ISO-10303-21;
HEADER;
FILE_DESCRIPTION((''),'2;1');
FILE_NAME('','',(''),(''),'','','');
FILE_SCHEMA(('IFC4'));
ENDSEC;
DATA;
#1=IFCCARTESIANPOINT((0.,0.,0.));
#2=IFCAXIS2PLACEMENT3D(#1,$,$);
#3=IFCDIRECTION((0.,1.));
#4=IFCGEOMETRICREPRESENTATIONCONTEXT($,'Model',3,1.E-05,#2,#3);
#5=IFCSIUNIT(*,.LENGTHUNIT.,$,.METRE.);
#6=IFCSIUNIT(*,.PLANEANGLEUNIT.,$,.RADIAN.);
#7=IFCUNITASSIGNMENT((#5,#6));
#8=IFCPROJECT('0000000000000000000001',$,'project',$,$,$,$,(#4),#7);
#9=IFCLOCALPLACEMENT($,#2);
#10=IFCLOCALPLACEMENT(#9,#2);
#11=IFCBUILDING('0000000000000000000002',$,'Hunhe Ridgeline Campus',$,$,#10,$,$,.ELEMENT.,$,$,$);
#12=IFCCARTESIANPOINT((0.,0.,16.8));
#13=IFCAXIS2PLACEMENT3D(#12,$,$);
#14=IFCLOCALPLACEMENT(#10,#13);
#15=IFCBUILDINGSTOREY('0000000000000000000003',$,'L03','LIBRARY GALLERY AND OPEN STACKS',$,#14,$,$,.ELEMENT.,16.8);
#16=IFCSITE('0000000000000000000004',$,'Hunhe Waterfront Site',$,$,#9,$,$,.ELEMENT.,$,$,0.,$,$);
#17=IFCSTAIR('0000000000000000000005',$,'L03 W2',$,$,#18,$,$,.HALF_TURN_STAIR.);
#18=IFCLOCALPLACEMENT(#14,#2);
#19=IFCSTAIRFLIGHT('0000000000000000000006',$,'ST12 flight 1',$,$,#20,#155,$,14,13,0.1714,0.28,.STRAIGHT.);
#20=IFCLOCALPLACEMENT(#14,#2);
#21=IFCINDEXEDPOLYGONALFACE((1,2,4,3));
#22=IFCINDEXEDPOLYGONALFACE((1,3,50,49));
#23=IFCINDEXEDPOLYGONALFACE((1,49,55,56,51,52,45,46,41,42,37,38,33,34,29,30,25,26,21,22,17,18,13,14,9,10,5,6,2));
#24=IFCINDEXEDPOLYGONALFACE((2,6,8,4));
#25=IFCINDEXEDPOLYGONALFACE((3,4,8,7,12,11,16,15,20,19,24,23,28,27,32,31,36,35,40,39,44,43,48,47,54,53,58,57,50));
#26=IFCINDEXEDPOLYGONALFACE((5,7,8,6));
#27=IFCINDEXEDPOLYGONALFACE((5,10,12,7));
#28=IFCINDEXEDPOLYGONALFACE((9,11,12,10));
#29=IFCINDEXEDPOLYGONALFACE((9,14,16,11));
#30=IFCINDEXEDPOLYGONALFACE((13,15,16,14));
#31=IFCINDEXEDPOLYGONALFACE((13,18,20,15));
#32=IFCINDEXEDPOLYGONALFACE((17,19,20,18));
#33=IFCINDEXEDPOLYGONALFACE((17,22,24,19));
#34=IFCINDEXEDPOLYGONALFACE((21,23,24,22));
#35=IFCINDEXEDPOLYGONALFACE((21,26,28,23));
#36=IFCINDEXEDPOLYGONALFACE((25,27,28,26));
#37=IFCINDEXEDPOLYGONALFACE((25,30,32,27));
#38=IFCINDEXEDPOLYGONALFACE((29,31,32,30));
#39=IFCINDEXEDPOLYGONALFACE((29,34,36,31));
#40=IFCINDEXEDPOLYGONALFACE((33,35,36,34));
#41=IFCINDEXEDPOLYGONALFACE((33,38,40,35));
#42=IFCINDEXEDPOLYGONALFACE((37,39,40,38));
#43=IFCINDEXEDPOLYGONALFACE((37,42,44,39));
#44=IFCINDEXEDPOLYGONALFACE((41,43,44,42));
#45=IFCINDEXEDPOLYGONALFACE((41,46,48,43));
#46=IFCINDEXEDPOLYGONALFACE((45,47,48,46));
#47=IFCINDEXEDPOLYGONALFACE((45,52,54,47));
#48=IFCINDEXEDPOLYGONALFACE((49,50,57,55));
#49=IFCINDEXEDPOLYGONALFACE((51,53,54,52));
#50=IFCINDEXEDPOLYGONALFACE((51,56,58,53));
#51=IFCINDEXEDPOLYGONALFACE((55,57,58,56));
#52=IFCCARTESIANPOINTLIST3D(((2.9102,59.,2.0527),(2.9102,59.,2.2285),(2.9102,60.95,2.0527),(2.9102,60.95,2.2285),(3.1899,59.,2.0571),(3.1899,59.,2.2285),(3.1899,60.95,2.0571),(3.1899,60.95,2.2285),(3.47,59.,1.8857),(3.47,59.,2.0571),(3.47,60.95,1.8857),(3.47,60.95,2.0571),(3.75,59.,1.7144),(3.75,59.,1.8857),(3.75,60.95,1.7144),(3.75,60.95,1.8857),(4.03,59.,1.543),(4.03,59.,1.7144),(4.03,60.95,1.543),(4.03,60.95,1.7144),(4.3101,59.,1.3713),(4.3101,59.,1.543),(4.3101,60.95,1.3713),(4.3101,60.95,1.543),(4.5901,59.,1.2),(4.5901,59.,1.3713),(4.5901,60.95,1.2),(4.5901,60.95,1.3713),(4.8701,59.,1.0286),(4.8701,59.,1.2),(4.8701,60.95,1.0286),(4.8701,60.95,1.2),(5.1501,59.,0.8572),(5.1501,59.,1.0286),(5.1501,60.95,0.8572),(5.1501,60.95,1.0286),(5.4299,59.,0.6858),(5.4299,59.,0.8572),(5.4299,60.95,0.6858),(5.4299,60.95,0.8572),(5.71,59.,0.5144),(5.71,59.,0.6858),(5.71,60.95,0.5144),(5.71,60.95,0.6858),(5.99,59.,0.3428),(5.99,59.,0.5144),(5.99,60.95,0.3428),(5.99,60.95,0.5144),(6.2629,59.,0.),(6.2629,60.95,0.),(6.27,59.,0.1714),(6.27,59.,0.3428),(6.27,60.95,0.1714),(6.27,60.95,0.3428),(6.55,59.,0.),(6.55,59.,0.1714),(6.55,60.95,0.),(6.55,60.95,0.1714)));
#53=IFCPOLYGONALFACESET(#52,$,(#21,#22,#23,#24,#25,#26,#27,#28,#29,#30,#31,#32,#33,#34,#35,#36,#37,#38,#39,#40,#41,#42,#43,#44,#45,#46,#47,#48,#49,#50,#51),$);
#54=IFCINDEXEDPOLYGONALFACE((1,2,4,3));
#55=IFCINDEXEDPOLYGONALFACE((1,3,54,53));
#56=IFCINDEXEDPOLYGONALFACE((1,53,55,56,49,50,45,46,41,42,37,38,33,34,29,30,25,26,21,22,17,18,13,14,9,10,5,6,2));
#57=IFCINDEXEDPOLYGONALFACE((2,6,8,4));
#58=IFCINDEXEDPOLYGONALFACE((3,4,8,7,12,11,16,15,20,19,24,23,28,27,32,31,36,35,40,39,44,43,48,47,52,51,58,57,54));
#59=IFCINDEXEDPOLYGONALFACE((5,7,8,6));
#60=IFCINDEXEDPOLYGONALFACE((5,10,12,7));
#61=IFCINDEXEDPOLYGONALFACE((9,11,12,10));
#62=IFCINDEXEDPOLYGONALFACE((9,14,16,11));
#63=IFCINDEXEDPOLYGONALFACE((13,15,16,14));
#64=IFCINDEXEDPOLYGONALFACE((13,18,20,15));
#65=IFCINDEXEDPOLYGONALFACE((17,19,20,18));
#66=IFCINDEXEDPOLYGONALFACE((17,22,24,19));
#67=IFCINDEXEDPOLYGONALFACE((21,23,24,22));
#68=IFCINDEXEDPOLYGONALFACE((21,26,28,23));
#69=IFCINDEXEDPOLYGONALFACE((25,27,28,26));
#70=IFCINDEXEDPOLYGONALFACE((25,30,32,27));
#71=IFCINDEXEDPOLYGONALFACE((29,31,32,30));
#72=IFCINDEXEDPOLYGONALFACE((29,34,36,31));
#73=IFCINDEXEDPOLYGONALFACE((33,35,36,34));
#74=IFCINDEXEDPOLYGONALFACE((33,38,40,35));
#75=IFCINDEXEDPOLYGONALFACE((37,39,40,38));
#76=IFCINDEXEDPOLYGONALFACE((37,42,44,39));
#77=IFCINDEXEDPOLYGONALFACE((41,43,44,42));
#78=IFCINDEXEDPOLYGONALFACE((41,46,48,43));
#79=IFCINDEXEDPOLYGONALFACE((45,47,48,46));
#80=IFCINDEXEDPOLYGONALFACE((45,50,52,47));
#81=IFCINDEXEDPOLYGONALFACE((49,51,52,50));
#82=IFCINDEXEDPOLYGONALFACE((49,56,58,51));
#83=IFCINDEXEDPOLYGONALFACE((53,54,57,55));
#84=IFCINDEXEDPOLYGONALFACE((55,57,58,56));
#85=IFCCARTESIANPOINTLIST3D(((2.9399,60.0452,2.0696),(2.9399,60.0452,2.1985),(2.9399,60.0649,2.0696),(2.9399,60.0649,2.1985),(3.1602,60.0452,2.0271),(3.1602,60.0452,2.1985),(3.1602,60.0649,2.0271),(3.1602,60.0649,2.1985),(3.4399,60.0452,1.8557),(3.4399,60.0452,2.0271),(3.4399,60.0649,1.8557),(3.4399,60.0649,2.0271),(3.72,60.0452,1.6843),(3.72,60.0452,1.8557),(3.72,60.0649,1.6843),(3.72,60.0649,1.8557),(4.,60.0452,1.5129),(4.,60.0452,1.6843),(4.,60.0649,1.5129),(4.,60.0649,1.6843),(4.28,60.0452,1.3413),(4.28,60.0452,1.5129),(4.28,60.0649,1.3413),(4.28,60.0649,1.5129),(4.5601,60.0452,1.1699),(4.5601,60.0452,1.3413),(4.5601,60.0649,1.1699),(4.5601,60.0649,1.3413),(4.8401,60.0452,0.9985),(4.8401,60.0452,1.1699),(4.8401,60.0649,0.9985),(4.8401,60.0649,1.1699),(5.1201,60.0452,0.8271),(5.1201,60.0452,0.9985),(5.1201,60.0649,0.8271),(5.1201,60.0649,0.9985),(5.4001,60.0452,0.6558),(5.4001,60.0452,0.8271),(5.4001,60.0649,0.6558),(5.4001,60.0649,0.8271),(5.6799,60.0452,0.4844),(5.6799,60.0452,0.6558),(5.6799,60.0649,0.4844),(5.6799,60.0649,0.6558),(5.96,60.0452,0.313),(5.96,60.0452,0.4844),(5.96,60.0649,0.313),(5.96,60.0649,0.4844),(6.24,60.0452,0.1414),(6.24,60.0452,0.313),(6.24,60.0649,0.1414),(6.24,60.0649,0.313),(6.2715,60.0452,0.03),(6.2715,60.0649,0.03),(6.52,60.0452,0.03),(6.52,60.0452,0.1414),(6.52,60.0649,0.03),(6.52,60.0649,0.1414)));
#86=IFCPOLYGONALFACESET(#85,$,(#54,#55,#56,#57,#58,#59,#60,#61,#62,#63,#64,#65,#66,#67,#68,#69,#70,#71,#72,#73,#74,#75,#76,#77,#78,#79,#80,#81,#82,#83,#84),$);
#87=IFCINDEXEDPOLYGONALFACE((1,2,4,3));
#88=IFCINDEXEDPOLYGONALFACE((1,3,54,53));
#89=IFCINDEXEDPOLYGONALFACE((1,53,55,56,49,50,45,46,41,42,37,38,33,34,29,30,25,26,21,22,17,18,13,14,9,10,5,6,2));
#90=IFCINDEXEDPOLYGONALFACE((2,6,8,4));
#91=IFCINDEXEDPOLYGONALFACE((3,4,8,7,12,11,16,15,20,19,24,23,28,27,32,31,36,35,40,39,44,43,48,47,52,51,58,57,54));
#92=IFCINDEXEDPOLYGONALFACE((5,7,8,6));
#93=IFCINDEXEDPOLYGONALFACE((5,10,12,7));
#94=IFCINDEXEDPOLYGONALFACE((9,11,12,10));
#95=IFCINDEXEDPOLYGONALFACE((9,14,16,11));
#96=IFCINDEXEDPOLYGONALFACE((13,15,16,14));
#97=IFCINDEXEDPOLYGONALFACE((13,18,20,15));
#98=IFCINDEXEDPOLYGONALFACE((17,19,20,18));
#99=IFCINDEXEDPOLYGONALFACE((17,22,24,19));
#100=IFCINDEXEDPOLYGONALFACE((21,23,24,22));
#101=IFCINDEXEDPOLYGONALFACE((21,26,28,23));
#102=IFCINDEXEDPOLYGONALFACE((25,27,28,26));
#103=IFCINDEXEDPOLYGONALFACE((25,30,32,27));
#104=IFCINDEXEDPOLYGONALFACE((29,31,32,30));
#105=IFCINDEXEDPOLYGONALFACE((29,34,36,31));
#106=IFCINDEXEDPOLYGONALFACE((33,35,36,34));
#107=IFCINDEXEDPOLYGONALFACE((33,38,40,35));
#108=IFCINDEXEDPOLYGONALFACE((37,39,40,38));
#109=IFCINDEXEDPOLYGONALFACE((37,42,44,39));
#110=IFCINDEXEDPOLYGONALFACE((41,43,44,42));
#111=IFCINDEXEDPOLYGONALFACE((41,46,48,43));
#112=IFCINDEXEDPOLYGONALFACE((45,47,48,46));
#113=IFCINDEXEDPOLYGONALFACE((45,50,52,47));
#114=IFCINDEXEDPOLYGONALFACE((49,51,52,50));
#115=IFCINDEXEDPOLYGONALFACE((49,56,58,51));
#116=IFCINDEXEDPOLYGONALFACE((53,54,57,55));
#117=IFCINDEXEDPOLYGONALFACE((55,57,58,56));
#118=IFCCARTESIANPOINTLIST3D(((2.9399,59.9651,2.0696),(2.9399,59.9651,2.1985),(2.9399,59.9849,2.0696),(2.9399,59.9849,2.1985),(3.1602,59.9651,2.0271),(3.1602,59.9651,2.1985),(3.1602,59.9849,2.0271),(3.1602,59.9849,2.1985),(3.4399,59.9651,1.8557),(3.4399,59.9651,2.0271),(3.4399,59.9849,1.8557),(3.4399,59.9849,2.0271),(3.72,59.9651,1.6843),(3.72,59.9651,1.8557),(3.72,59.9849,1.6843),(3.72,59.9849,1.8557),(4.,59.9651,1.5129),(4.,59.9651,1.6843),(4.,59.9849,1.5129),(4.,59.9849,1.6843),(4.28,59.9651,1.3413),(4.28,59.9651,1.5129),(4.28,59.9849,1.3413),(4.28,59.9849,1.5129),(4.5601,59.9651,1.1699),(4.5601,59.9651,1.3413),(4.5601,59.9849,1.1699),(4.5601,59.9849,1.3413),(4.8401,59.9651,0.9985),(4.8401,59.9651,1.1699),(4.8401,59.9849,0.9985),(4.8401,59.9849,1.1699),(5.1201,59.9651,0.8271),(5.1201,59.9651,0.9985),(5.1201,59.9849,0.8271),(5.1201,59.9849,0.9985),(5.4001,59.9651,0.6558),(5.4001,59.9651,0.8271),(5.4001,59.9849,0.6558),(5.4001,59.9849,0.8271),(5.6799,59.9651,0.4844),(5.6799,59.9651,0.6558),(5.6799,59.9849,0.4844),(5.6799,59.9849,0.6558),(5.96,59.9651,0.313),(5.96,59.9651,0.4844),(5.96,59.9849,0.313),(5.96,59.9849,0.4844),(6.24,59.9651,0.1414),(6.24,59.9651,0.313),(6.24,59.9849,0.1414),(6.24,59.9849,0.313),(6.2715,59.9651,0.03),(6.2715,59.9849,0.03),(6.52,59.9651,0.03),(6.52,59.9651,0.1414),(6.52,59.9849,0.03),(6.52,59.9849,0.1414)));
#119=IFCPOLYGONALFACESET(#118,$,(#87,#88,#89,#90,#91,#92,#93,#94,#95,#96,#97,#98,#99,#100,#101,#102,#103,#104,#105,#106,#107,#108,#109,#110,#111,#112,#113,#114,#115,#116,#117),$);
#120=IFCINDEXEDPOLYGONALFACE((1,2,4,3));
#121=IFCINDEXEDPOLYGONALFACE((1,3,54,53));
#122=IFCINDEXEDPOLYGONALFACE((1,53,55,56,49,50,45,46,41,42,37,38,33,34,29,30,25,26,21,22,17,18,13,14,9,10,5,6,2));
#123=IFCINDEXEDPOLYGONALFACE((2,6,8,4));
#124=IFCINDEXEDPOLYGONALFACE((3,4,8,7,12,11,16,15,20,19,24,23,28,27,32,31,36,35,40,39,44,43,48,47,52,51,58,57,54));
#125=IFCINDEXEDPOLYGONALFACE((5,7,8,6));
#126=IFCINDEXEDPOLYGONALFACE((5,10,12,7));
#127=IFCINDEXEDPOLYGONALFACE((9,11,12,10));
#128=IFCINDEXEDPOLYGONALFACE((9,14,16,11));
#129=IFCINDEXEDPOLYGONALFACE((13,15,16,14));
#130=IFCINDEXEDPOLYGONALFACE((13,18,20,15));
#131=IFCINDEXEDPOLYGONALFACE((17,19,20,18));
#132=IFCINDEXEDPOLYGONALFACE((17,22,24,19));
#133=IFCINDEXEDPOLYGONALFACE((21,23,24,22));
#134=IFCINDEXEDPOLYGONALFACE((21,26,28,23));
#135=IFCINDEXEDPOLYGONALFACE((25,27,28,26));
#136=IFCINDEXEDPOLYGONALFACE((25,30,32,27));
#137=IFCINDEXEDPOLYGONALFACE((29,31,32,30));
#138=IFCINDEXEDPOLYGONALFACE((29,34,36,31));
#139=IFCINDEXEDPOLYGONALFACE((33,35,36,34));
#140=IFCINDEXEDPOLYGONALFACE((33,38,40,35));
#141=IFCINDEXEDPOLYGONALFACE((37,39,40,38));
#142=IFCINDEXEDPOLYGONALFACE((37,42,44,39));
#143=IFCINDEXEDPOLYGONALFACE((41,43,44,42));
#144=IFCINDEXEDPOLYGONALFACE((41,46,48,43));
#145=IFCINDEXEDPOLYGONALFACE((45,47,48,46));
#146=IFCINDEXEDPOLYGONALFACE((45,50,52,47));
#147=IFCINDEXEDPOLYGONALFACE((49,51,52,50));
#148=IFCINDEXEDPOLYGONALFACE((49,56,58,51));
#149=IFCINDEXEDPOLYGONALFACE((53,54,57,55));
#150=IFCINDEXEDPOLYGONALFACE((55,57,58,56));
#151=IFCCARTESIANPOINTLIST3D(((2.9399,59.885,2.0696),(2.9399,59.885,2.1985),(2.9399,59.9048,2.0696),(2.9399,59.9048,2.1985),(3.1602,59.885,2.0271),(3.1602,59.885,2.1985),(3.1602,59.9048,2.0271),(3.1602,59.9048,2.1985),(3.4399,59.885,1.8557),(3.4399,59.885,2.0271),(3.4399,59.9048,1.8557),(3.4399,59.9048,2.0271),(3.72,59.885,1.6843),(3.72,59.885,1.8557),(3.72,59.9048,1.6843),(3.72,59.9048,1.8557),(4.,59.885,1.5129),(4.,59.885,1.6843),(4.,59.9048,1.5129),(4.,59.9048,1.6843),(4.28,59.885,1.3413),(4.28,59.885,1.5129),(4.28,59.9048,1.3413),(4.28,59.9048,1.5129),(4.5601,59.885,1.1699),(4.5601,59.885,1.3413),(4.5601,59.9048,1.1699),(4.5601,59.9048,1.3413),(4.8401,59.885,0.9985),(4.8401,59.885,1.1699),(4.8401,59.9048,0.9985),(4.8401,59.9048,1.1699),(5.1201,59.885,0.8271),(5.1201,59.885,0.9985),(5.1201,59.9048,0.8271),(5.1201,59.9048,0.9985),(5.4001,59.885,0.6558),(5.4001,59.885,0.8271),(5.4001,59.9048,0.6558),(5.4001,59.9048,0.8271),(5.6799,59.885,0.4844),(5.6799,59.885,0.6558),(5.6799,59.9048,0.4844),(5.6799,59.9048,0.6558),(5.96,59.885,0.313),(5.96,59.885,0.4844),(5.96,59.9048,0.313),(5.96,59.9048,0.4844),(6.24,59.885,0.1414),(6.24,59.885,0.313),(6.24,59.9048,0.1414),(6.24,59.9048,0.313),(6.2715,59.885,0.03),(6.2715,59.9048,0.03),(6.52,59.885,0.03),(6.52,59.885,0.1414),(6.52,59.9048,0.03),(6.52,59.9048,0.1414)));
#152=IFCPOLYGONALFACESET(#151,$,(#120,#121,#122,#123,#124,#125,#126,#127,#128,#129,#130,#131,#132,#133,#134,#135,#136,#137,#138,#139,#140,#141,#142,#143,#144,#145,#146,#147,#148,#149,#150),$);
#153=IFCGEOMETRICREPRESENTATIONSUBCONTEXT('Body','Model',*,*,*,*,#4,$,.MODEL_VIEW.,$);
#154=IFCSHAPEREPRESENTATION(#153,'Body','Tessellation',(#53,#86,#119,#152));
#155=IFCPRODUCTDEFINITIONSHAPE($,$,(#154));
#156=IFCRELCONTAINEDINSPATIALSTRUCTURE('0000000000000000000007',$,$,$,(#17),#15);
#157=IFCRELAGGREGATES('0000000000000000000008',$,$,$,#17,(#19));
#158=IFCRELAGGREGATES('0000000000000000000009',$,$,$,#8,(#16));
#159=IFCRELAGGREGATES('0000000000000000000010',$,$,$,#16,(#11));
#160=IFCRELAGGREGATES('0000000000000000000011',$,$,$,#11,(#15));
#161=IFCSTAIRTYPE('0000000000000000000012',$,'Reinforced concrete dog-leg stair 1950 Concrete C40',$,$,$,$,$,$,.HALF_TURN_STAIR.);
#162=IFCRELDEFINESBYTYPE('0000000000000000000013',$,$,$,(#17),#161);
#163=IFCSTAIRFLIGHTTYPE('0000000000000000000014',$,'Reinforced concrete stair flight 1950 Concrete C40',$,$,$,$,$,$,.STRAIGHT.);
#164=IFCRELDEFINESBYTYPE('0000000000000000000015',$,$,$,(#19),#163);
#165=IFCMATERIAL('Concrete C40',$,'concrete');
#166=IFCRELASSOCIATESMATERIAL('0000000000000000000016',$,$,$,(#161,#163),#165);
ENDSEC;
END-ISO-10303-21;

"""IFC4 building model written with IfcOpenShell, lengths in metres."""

from ifc_helpers import new_model, si_unit, direction, frame, origin, place, context, subcontext, project, spatial, polyline, outline, extrude, material, type_object, element, aggregate, save


model = new_model("IFC4")

# Units and contexts
model_context = context("Model", 3, precision=1e-05, world=origin(), true_north=direction((0.0, 1.0)))
body_context = subcontext(model_context, "Body", "Model", "MODEL_VIEW")
ifc_project = project(units=[si_unit("LENGTHUNIT", "METRE"), si_unit("PLANEANGLEUNIT", "RADIAN")], contexts=[model_context])

# Site, building, storey
site_placement = place(None, origin())
site = spatial("IfcSite", under=ifc_project, at=site_placement, Name="Hunhe Waterfront Site", CompositionType="ELEMENT", RefElevation=0.0)
building_placement = place(site_placement, origin())
building = spatial("IfcBuilding", under=site, at=building_placement, Name="Hunhe Ridgeline Campus", CompositionType="ELEMENT")
storey_placement = place(building_placement, frame((0.0, 0.0, 16.8)))
storey = spatial("IfcBuildingStorey", under=building, at=storey_placement, Name="L03", Description="LIBRARY GALLERY AND OPEN STACKS", CompositionType="ELEMENT", Elevation=16.8)

# Shared definitions
ifc_material_1 = material(Name="Concrete C40", Category="concrete")
stair_type = type_object("IfcStairType", Name="Reinforced concrete dog-leg stair 1950 Concrete C40", PredefinedType="HALF_TURN_STAIR", material=ifc_material_1)
stair_flight_type = type_object("IfcStairFlightType", Name="Reinforced concrete stair flight 1950 Concrete C40", PredefinedType="STRAIGHT", material=ifc_material_1)

# Stair, stair flight
stair_1_placement = place(storey_placement, origin())
stair_1 = element("IfcStair", 1, at=stair_1_placement, inside=storey, type_object=stair_type, Name="L03 W2", PredefinedType="HALF_TURN_STAIR")
stair_flight_1_placement = place(storey_placement, frame((6.55, 59.9751, 0.0), z_axis=(0.0, 0.0, 1.0), x_axis=(-1.0, 0.0, 0.0)))
stair_flight_1 = element("IfcStairFlight", 2, at=stair_flight_1_placement, type_object=stair_flight_type, Name="ST12 flight 1", NumberOfRisers=14, NumberOfTreads=13, PredefinedType="STRAIGHT", RiserHeight=0.1714, TreadLength=0.28, context=body_context, shape_type="SweptSolid", body=[
    extrude(outline(polyline([(0.0, 0.0), (0.0, 0.1714), (0.28, 0.1714), (0.28, 0.3428), (0.5601, 0.3428), (0.5601, 0.5144), (0.8401, 0.5144), (0.8401, 0.6858), (1.1201, 0.6858), (1.1201, 0.8572), (1.3999, 0.8572), (1.3999, 1.0286), (1.6799, 1.0286), (1.6799, 1.2), (1.96, 1.2), (1.96, 1.3713), (2.24, 1.3713), (2.24, 1.543), (2.52, 1.543), (2.52, 1.7144), (2.8, 1.7144), (2.8, 1.8857), (3.0801, 1.8857), (3.0801, 2.0571), (3.3601, 2.0571), (3.3601, 2.2285), (3.6399, 2.2285), (3.6399, 2.3999), (3.6399, 2.0527), (0.2871, 0.0), (0.0, 0.0)])), frame((0.0, 0.9751, 0.0), z_axis=(0.0, -1.0, 0.0), x_axis=(1.0, 0.0, 0.0)), (0.0, 0.0, 1.0), 1.95),
    extrude(outline(polyline([(0.03, 0.03), (0.03, 0.1414), (0.3101, 0.1414), (0.3101, 0.313), (0.5901, 0.313), (0.5901, 0.4844), (0.8701, 0.4844), (0.8701, 0.6558), (1.1499, 0.6558), (1.1499, 0.8271), (1.4299, 0.8271), (1.4299, 0.9985), (1.71, 0.9985), (1.71, 1.1699), (1.99, 1.1699), (1.99, 1.3413), (2.27, 1.3413), (2.27, 1.5129), (2.55, 1.5129), (2.55, 1.6843), (2.8301, 1.6843), (2.8301, 1.8557), (3.1101, 1.8557), (3.1101, 2.0271), (3.3899, 2.0271), (3.3899, 2.1985), (3.6101, 2.1985), (3.6101, 2.0696), (0.2786, 0.03), (0.03, 0.03)])), frame((0.0, -0.0701, 0.0), z_axis=(0.0, -1.0, 0.0), x_axis=(1.0, 0.0, 0.0)), (0.0, 0.0, 1.0), 0.0198),
    extrude(outline(polyline([(0.03, 0.03), (0.03, 0.1414), (0.3101, 0.1414), (0.3101, 0.313), (0.5901, 0.313), (0.5901, 0.4844), (0.8701, 0.4844), (0.8701, 0.6558), (1.1499, 0.6558), (1.1499, 0.8271), (1.4299, 0.8271), (1.4299, 0.9985), (1.71, 0.9985), (1.71, 1.1699), (1.99, 1.1699), (1.99, 1.3413), (2.27, 1.3413), (2.27, 1.5129), (2.55, 1.5129), (2.55, 1.6843), (2.8301, 1.6843), (2.8301, 1.8557), (3.1101, 1.8557), (3.1101, 2.0271), (3.3899, 2.0271), (3.3899, 2.1985), (3.6101, 2.1985), (3.6101, 2.0696), (0.2786, 0.03), (0.03, 0.03)])), frame((0.0, 0.01, 0.0), z_axis=(0.0, -1.0, 0.0), x_axis=(1.0, 0.0, 0.0)), (0.0, 0.0, 1.0), 0.0198),
    extrude(outline(polyline([(0.03, 0.03), (0.03, 0.1414), (0.3101, 0.1414), (0.3101, 0.313), (0.5901, 0.313), (0.5901, 0.4844), (0.8701, 0.4844), (0.8701, 0.6558), (1.1499, 0.6558), (1.1499, 0.8271), (1.4299, 0.8271), (1.4299, 0.9985), (1.71, 0.9985), (1.71, 1.1699), (1.99, 1.1699), (1.99, 1.3413), (2.27, 1.3413), (2.27, 1.5129), (2.55, 1.5129), (2.55, 1.6843), (2.8301, 1.6843), (2.8301, 1.8557), (3.1101, 1.8557), (3.1101, 2.0271), (3.3899, 2.0271), (3.3899, 2.1985), (3.6101, 2.1985), (3.6101, 2.0696), (0.2786, 0.03), (0.03, 0.03)])), frame((0.0, 0.0901, 0.0), z_axis=(0.0, -1.0, 0.0), x_axis=(1.0, 0.0, 0.0)), (0.0, 0.0, 1.0), 0.0198),
])
aggregate(stair_1, [stair_flight_1])

save(model, "model.ifc")
